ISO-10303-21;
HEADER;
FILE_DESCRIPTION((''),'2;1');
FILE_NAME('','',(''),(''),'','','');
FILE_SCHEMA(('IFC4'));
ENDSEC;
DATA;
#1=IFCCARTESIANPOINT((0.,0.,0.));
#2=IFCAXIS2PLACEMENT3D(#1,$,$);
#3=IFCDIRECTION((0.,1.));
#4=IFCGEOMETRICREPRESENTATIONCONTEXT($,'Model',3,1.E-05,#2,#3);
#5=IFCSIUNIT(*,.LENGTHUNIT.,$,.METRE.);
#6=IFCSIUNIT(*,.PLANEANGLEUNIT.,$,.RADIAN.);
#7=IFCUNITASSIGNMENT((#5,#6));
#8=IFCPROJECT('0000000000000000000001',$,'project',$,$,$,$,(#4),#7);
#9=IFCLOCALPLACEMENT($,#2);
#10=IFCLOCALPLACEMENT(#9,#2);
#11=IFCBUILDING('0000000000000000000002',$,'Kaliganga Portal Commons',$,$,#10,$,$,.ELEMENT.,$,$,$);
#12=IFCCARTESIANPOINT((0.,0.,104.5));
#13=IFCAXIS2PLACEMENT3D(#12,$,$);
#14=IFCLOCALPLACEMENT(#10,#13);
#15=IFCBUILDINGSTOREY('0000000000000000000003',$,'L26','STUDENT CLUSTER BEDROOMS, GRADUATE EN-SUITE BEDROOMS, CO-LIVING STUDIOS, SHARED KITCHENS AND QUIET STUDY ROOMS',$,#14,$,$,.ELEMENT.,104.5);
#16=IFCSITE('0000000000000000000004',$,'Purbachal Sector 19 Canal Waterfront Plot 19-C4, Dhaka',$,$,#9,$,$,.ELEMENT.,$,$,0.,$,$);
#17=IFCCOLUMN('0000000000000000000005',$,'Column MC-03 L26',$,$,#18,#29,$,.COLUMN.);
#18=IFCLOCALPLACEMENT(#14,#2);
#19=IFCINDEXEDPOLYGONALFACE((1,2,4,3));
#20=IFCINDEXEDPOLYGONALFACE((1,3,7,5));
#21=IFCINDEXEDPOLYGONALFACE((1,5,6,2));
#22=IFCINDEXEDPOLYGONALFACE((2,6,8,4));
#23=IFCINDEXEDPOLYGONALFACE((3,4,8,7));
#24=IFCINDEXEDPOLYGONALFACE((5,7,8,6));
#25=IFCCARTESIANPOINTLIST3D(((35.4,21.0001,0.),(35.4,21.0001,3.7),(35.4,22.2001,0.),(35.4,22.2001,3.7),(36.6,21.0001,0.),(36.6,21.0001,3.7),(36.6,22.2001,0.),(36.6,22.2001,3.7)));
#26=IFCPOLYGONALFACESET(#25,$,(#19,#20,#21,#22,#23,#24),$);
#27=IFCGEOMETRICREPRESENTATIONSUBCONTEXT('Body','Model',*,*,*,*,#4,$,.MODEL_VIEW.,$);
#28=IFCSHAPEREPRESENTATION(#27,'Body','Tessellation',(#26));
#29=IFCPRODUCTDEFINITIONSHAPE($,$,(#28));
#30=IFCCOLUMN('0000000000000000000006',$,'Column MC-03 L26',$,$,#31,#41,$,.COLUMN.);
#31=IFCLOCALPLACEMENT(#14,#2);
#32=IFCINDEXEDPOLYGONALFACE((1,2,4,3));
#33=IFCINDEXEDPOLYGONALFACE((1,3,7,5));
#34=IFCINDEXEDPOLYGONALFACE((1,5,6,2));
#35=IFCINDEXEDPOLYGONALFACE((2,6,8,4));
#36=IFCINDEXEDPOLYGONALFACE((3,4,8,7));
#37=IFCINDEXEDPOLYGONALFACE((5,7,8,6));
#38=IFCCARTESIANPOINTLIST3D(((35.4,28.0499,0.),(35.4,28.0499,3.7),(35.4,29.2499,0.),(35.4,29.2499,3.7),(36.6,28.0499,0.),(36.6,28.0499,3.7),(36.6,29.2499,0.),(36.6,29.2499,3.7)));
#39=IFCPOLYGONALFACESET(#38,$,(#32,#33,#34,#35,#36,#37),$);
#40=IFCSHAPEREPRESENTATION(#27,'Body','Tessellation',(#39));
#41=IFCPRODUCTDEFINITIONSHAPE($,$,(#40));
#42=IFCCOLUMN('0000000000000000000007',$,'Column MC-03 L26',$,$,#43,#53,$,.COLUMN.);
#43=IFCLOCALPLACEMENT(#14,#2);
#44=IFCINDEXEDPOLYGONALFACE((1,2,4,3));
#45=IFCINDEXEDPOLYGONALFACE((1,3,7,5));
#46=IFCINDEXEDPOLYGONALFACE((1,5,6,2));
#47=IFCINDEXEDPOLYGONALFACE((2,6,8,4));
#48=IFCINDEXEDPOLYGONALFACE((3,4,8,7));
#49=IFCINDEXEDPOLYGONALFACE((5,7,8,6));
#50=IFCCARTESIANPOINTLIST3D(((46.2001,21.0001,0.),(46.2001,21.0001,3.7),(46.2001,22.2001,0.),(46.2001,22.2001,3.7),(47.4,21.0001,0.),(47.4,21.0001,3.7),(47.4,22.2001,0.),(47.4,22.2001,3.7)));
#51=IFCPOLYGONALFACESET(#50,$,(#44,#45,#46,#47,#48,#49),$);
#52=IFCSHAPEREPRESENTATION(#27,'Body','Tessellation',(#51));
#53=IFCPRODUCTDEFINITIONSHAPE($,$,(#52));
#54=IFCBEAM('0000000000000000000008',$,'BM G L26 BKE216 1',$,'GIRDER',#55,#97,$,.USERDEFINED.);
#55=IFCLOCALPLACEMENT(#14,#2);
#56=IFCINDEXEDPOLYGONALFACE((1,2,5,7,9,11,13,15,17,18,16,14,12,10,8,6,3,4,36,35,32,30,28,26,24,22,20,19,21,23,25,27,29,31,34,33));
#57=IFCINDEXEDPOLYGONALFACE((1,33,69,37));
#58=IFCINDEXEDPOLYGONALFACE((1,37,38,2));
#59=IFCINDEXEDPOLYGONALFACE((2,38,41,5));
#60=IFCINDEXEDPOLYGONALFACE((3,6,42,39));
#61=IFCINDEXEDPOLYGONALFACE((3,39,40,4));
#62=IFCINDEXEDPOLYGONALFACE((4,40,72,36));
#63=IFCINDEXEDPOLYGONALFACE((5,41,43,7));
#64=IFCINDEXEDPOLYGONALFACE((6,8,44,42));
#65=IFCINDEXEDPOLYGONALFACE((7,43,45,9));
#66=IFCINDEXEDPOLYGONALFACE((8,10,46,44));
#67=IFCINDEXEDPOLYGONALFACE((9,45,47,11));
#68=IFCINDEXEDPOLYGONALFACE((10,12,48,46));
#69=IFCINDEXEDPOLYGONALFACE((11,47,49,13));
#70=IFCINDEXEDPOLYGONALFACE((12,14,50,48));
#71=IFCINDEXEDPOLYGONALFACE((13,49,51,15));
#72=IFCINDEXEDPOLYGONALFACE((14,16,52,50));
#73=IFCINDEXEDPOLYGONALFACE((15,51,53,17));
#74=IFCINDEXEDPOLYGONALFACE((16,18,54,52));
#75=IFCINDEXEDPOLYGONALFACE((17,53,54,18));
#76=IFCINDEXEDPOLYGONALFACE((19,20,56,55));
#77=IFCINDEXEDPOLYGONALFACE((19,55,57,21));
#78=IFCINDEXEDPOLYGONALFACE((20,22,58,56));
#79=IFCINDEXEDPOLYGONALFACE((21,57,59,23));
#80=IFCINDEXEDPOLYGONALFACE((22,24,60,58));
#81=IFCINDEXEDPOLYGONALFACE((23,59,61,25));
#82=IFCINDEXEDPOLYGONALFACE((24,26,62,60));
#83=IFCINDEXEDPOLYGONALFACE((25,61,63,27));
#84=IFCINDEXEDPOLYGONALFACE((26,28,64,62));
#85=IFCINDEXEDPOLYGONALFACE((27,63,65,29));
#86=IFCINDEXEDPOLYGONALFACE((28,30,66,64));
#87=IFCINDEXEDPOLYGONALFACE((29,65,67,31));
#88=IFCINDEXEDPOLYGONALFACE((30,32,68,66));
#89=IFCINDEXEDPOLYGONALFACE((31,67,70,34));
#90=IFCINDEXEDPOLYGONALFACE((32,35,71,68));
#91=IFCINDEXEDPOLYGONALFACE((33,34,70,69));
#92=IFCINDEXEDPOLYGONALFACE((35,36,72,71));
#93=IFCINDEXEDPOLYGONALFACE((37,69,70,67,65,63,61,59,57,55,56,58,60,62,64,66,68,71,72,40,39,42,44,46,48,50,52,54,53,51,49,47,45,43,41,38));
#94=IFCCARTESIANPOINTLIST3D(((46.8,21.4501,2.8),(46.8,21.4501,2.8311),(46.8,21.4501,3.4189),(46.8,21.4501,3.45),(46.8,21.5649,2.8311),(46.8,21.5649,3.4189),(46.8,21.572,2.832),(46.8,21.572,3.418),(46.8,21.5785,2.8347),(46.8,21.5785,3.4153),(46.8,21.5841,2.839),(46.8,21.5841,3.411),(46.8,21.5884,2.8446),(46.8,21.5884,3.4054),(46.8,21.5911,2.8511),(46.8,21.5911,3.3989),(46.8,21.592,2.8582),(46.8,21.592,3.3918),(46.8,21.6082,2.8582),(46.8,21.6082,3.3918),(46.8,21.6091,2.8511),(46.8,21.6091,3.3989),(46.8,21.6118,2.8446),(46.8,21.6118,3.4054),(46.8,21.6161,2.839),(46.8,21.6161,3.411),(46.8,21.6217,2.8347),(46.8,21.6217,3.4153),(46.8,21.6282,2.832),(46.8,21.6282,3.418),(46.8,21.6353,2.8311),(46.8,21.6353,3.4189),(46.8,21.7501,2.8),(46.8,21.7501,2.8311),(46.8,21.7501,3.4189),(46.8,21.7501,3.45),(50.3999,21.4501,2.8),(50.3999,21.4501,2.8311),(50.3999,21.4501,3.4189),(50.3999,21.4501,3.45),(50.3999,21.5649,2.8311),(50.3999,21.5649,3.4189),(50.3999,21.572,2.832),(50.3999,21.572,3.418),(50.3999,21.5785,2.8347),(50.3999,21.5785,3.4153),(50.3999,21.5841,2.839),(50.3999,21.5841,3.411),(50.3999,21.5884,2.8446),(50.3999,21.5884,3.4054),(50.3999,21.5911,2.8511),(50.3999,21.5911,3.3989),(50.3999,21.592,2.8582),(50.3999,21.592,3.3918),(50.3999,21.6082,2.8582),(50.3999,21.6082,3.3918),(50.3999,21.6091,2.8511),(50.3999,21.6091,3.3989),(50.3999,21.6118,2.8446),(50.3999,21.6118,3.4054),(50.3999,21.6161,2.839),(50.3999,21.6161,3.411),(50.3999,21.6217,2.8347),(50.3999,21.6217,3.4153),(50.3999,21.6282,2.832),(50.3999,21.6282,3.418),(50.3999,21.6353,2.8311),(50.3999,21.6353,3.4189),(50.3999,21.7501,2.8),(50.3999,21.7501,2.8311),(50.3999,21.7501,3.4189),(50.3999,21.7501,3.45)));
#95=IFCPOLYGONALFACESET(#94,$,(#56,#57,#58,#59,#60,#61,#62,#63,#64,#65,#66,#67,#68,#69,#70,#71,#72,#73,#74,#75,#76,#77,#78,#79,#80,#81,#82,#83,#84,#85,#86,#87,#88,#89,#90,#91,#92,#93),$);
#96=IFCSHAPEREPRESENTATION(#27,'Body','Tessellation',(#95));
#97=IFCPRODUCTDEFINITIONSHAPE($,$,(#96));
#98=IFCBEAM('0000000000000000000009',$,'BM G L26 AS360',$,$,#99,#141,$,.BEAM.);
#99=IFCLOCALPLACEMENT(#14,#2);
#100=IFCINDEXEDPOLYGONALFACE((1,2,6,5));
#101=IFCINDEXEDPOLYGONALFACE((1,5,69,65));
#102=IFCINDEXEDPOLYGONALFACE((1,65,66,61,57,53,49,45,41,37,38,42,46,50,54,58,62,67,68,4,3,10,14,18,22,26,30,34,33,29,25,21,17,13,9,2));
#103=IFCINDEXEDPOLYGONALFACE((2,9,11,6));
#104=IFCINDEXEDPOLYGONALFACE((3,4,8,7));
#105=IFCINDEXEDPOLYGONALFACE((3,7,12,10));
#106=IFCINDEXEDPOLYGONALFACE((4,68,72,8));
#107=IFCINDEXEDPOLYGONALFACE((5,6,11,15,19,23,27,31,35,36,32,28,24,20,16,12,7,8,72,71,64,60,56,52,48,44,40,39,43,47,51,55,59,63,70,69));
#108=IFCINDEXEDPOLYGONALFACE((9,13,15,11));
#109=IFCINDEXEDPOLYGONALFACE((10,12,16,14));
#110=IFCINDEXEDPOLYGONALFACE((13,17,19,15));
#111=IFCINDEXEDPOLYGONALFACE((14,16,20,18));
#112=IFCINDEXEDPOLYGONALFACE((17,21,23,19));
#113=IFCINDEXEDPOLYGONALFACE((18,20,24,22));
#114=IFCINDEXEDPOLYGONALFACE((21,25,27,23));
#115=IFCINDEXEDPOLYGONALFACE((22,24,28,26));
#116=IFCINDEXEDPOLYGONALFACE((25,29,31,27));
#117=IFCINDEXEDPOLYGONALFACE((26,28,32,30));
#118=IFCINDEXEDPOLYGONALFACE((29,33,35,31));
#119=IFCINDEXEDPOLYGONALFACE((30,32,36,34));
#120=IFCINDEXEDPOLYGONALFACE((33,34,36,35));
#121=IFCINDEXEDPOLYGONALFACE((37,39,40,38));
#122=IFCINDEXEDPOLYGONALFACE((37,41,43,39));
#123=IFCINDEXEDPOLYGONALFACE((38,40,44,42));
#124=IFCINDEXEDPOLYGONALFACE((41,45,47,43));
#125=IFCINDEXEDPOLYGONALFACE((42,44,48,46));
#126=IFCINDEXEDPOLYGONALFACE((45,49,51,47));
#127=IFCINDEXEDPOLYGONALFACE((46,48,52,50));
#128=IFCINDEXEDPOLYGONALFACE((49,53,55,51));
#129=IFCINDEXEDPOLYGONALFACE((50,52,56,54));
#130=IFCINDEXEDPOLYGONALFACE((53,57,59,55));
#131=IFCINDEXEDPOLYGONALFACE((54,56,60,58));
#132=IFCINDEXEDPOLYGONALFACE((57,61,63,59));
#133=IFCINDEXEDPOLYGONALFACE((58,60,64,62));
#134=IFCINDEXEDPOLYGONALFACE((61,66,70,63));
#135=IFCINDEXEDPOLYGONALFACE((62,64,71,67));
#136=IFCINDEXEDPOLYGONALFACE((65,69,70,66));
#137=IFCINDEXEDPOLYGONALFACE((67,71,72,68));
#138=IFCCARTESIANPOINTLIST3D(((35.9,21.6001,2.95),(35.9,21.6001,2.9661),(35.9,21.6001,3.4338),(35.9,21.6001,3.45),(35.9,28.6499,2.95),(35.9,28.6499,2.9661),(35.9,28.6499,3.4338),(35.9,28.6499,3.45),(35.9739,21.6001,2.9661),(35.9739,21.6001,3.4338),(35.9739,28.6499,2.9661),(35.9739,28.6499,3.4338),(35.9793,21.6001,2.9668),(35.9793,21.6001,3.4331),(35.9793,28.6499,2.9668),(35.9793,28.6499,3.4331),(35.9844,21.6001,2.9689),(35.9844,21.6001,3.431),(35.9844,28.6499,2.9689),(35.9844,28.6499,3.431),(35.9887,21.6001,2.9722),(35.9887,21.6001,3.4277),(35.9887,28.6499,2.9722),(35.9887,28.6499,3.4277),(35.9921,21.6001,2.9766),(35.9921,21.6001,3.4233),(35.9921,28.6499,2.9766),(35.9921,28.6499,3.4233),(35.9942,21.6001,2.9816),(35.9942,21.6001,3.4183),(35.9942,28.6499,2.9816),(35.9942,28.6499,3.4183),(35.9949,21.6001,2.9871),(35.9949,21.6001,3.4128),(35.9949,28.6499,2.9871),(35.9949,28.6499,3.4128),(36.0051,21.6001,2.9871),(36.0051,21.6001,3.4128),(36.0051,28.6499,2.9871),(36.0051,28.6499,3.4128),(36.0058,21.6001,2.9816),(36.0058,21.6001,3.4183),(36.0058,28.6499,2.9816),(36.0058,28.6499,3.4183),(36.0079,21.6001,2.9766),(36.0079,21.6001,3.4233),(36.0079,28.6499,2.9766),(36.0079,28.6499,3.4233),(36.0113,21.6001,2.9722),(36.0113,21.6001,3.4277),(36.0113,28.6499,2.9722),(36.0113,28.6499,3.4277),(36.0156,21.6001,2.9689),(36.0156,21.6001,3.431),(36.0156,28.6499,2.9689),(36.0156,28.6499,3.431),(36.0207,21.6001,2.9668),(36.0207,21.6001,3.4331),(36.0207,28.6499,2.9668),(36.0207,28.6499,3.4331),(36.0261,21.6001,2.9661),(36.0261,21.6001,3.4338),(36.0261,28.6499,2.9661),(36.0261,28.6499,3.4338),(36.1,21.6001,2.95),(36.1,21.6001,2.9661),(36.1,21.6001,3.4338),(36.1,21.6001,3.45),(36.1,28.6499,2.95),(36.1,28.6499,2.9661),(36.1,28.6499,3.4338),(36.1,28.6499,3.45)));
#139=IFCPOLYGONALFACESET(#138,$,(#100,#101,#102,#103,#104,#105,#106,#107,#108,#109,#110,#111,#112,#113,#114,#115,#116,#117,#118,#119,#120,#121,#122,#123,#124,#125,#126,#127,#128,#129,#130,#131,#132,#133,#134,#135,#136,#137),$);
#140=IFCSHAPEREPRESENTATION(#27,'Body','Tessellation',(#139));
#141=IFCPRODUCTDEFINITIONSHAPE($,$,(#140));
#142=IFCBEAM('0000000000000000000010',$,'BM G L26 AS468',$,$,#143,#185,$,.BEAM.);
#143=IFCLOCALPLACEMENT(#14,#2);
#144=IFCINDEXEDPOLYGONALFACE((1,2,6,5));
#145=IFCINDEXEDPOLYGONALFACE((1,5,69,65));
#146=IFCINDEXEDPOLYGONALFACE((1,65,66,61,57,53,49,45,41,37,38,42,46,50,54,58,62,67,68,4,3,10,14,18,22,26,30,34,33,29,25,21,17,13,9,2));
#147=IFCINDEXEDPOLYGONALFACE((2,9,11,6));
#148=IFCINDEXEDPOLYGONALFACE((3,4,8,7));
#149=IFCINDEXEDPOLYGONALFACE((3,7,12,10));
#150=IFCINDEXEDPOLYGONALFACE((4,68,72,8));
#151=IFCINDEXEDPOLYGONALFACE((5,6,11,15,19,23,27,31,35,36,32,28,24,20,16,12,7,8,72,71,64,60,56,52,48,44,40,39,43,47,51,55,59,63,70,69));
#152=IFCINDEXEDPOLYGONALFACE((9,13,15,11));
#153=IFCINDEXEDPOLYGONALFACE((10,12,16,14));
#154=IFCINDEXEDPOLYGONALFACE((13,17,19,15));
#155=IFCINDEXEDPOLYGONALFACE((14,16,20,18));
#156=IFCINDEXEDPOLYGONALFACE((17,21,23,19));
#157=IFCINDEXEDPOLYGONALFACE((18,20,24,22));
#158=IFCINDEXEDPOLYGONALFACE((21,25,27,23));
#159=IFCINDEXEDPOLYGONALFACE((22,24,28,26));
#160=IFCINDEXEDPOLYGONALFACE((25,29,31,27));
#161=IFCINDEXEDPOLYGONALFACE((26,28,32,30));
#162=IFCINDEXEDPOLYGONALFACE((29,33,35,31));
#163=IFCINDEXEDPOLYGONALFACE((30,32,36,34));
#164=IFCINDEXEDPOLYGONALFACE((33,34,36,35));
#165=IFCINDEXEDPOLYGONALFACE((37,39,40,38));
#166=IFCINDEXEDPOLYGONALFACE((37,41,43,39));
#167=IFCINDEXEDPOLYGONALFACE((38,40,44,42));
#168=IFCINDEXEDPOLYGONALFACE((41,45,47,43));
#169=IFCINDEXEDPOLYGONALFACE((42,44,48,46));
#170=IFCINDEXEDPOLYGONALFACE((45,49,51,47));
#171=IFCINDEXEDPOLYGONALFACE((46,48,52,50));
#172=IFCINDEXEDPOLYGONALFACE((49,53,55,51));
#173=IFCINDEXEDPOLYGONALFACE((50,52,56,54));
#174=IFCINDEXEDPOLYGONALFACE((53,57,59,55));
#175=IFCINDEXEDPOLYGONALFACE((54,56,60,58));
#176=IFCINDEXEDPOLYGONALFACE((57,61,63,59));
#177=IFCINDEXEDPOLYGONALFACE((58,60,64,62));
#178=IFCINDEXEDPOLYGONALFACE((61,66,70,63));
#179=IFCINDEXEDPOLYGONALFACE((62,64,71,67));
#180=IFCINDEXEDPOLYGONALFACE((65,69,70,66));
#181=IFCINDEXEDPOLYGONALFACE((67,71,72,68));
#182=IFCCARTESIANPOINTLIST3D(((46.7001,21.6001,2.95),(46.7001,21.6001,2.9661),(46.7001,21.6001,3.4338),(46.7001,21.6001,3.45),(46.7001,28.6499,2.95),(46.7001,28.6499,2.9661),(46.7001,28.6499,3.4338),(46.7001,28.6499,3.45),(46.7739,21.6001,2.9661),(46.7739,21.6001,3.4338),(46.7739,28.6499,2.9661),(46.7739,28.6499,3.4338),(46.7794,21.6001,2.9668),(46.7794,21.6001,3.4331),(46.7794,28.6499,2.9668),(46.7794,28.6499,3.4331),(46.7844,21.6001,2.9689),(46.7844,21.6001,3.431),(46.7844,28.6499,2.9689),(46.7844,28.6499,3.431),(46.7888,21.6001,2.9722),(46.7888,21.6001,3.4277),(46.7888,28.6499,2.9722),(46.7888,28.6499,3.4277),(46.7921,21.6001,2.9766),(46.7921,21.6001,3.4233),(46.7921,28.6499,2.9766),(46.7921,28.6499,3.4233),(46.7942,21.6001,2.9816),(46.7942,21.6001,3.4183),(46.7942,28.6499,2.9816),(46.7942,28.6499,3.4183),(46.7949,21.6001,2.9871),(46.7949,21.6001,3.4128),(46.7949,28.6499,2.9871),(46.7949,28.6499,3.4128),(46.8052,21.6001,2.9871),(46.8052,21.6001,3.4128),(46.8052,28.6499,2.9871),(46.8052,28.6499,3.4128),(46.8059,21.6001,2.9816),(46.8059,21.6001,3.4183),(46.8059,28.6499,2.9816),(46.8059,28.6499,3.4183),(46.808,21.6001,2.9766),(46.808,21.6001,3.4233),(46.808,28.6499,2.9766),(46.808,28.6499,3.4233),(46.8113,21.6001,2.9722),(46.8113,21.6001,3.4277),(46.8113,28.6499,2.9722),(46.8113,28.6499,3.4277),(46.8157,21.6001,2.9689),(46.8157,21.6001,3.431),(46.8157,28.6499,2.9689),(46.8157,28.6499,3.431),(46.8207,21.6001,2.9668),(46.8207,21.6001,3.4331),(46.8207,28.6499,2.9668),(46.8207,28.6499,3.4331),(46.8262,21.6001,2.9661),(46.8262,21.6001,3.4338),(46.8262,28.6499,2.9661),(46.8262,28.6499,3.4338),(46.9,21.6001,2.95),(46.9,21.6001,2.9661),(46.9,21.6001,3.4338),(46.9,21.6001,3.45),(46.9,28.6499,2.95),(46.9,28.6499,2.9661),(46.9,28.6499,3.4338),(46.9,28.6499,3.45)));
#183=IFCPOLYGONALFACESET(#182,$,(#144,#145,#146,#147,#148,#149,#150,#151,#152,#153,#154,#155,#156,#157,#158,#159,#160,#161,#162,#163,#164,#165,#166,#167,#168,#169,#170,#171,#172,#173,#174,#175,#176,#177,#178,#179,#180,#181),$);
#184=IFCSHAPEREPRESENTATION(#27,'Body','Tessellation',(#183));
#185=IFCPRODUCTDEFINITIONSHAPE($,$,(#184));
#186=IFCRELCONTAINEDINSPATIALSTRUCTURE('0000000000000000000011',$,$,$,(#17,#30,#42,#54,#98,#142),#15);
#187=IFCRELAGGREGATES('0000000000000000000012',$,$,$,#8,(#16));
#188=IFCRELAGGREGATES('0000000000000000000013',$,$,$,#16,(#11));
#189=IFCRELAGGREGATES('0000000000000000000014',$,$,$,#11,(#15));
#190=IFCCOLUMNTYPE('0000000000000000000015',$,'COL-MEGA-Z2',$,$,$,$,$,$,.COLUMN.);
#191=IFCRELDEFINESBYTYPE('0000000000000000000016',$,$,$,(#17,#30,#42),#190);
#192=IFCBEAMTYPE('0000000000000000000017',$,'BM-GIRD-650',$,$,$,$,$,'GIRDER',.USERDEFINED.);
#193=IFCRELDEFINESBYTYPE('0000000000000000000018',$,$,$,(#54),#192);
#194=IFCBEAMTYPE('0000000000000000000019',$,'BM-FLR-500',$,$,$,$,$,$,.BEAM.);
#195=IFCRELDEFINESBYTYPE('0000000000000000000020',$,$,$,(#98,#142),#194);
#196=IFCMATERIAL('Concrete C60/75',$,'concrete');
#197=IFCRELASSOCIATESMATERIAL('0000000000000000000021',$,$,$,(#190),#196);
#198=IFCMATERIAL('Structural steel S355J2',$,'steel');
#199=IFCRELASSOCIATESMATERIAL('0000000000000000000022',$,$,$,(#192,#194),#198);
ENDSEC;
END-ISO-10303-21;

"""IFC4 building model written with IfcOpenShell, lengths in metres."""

from ifc_helpers import new_model, si_unit, direction, frame, origin, origin_2d, place, context, subcontext, project, spatial, rectangle, i_section, extrude, source, transform, mapped, material, material_profile, profile_set, type_object, element, save


model = new_model("IFC4")

# Units and contexts
model_context = context("Model", 3, precision=1e-05, world=origin(), true_north=direction((0.0, 1.0)))
body_context = subcontext(model_context, "Body", "Model", "MODEL_VIEW")
ifc_project = project(units=[si_unit("LENGTHUNIT", "METRE"), si_unit("PLANEANGLEUNIT", "RADIAN")], contexts=[model_context])

# Site, building, storey
site_placement = place(None, origin())
site = spatial("IfcSite", under=ifc_project, at=site_placement, Name="Purbachal Sector 19 Canal Waterfront Plot 19-C4, Dhaka", CompositionType="ELEMENT", RefElevation=0.0)
building_placement = place(site_placement, origin())
building = spatial("IfcBuilding", under=site, at=building_placement, Name="Kaliganga Portal Commons", CompositionType="ELEMENT")
storey_placement = place(building_placement, frame((0.0, 0.0, 104.5)))
storey = spatial("IfcBuildingStorey", under=building, at=storey_placement, Name="L26", Description="STUDENT CLUSTER BEDROOMS, GRADUATE EN-SUITE BEDROOMS, CO-LIVING STUDIOS, SHARED KITCHENS AND QUIET STUDY ROOMS", CompositionType="ELEMENT", Elevation=104.5)

# Columns
ifc_material_1 = material(Name="Concrete C60/75", Category="concrete")
ifc_material_profile_1 = material_profile(ifc_material_1, rectangle(XDim=1.2, YDim=1.2, at=origin_2d()), Name="RC 1200x1200")
ifc_profile_set_1 = profile_set([ifc_material_profile_1], Name="Concrete C60/75")
column_type = type_object("IfcColumnType", Name="COL-MEGA-Z2", PredefinedType="COLUMN", material=ifc_profile_set_1)
shared_shape_1 = source(origin(), body_context, "Body", "SweptSolid", [
    extrude(rectangle(XDim=1.2, YDim=1.2, at=origin_2d()), origin(), (0.0, 0.0, 1.0), 3.7),
])
for number, where, z_axis, x_axis, name in (
    (1, (36.0, 21.6001, 0.0), (0.0, 0.0, 1.0), (1.0, 0.0, 0.0), "Column MC-03 L26"),
    (2, (36.0, 28.6499, 0.0), (0.0, 0.0, 1.0), (1.0, 0.0, 0.0), "Column MC-03 L26"),
    (3, (46.8, 21.6001, 0.0), (0.0, 0.0, 1.0), (1.0, 0.0, 0.0), "Column MC-03 L26"),
):
    element("IfcColumn", number, at=place(storey_placement, frame(where, z_axis=z_axis, x_axis=x_axis)), inside=storey, type_object=column_type, Name=name, PredefinedType="COLUMN", context=body_context, shape_type="MappedRepresentation", body=[
        mapped(shared_shape_1, transform((0.0, 0.0, 0.0), x_axis=(1.0, 0.0, 0.0), y_axis=(0.0, 1.0, 0.0), z_axis=(0.0, 0.0, 1.0), scale=1.0)),
    ])

# Beams
ifc_material_2 = material(Name="Structural steel S355J2", Category="steel")
ifc_material_profile_2 = material_profile(ifc_material_2, i_section(OverallWidth=0.3, OverallDepth=0.6499, WebThickness=0.0161, FlangeThickness=0.031, FilletRadius=0.0271, at=origin_2d()), Name="HE 650 B")
ifc_profile_set_2 = profile_set([ifc_material_profile_2], Name="Structural steel S355J2 wide-flange")
beam_type_1 = type_object("IfcBeamType", Name="BM-GIRD-650", ElementType="GIRDER", PredefinedType="USERDEFINED", material=ifc_profile_set_2)
shared_shape_2 = source(origin(), body_context, "Body", "SweptSolid", [
    extrude(i_section(OverallWidth=0.3, OverallDepth=0.6499, WebThickness=0.0161, FlangeThickness=0.031, FilletRadius=0.0271, at=origin_2d()), origin(), (0.0, 0.0, 1.0), 3.5999),
])
beam_1_placement = place(storey_placement, frame((46.8, 21.6001, 3.125), z_axis=(1.0, 0.0, 0.0), x_axis=(0.0, 1.0, 0.0)))
element("IfcBeam", 4, at=beam_1_placement, inside=storey, type_object=beam_type_1, Name="BM G L26 BKE216 1", ObjectType="GIRDER", PredefinedType="USERDEFINED", context=body_context, shape_type="MappedRepresentation", body=[
    mapped(shared_shape_2, transform((0.0, 0.0, 0.0), x_axis=(1.0, 0.0, 0.0), y_axis=(0.0, 1.0, 0.0), z_axis=(0.0, 0.0, 1.0), scale=1.0)),
])
ifc_material_profile_3 = material_profile(ifc_material_2, i_section(OverallWidth=0.2, OverallDepth=0.5, WebThickness=0.0103, FlangeThickness=0.0161, FilletRadius=0.021, at=origin_2d()), Name="IPE 500")
ifc_profile_set_3 = profile_set([ifc_material_profile_3], Name="Structural steel S355J2 wide-flange")
beam_type_2 = type_object("IfcBeamType", Name="BM-FLR-500", PredefinedType="BEAM", material=ifc_profile_set_3)
shared_shape_3 = source(origin(), body_context, "Body", "SweptSolid", [
    extrude(i_section(OverallWidth=0.2, OverallDepth=0.5, WebThickness=0.0103, FlangeThickness=0.0161, FilletRadius=0.021, at=origin_2d()), origin(), (0.0, 0.0, 1.0), 7.0498),
])
for number, where, z_axis, x_axis, name in (
    (5, (36.0, 21.6001, 3.2), (0.0, 1.0, 0.0), (-1.0, 0.0, 0.0), "BM G L26 AS360"),
    (6, (46.8, 21.6001, 3.2), (0.0, 1.0, 0.0), (-1.0, 0.0, 0.0), "BM G L26 AS468"),
):
    element("IfcBeam", number, at=place(storey_placement, frame(where, z_axis=z_axis, x_axis=x_axis)), inside=storey, type_object=beam_type_2, Name=name, PredefinedType="BEAM", context=body_context, shape_type="MappedRepresentation", body=[
        mapped(shared_shape_3, transform((0.0, 0.0, 0.0), x_axis=(1.0, 0.0, 0.0), y_axis=(0.0, 1.0, 0.0), z_axis=(0.0, 0.0, 1.0), scale=1.0)),
    ])

save(model, "model.ifc")
